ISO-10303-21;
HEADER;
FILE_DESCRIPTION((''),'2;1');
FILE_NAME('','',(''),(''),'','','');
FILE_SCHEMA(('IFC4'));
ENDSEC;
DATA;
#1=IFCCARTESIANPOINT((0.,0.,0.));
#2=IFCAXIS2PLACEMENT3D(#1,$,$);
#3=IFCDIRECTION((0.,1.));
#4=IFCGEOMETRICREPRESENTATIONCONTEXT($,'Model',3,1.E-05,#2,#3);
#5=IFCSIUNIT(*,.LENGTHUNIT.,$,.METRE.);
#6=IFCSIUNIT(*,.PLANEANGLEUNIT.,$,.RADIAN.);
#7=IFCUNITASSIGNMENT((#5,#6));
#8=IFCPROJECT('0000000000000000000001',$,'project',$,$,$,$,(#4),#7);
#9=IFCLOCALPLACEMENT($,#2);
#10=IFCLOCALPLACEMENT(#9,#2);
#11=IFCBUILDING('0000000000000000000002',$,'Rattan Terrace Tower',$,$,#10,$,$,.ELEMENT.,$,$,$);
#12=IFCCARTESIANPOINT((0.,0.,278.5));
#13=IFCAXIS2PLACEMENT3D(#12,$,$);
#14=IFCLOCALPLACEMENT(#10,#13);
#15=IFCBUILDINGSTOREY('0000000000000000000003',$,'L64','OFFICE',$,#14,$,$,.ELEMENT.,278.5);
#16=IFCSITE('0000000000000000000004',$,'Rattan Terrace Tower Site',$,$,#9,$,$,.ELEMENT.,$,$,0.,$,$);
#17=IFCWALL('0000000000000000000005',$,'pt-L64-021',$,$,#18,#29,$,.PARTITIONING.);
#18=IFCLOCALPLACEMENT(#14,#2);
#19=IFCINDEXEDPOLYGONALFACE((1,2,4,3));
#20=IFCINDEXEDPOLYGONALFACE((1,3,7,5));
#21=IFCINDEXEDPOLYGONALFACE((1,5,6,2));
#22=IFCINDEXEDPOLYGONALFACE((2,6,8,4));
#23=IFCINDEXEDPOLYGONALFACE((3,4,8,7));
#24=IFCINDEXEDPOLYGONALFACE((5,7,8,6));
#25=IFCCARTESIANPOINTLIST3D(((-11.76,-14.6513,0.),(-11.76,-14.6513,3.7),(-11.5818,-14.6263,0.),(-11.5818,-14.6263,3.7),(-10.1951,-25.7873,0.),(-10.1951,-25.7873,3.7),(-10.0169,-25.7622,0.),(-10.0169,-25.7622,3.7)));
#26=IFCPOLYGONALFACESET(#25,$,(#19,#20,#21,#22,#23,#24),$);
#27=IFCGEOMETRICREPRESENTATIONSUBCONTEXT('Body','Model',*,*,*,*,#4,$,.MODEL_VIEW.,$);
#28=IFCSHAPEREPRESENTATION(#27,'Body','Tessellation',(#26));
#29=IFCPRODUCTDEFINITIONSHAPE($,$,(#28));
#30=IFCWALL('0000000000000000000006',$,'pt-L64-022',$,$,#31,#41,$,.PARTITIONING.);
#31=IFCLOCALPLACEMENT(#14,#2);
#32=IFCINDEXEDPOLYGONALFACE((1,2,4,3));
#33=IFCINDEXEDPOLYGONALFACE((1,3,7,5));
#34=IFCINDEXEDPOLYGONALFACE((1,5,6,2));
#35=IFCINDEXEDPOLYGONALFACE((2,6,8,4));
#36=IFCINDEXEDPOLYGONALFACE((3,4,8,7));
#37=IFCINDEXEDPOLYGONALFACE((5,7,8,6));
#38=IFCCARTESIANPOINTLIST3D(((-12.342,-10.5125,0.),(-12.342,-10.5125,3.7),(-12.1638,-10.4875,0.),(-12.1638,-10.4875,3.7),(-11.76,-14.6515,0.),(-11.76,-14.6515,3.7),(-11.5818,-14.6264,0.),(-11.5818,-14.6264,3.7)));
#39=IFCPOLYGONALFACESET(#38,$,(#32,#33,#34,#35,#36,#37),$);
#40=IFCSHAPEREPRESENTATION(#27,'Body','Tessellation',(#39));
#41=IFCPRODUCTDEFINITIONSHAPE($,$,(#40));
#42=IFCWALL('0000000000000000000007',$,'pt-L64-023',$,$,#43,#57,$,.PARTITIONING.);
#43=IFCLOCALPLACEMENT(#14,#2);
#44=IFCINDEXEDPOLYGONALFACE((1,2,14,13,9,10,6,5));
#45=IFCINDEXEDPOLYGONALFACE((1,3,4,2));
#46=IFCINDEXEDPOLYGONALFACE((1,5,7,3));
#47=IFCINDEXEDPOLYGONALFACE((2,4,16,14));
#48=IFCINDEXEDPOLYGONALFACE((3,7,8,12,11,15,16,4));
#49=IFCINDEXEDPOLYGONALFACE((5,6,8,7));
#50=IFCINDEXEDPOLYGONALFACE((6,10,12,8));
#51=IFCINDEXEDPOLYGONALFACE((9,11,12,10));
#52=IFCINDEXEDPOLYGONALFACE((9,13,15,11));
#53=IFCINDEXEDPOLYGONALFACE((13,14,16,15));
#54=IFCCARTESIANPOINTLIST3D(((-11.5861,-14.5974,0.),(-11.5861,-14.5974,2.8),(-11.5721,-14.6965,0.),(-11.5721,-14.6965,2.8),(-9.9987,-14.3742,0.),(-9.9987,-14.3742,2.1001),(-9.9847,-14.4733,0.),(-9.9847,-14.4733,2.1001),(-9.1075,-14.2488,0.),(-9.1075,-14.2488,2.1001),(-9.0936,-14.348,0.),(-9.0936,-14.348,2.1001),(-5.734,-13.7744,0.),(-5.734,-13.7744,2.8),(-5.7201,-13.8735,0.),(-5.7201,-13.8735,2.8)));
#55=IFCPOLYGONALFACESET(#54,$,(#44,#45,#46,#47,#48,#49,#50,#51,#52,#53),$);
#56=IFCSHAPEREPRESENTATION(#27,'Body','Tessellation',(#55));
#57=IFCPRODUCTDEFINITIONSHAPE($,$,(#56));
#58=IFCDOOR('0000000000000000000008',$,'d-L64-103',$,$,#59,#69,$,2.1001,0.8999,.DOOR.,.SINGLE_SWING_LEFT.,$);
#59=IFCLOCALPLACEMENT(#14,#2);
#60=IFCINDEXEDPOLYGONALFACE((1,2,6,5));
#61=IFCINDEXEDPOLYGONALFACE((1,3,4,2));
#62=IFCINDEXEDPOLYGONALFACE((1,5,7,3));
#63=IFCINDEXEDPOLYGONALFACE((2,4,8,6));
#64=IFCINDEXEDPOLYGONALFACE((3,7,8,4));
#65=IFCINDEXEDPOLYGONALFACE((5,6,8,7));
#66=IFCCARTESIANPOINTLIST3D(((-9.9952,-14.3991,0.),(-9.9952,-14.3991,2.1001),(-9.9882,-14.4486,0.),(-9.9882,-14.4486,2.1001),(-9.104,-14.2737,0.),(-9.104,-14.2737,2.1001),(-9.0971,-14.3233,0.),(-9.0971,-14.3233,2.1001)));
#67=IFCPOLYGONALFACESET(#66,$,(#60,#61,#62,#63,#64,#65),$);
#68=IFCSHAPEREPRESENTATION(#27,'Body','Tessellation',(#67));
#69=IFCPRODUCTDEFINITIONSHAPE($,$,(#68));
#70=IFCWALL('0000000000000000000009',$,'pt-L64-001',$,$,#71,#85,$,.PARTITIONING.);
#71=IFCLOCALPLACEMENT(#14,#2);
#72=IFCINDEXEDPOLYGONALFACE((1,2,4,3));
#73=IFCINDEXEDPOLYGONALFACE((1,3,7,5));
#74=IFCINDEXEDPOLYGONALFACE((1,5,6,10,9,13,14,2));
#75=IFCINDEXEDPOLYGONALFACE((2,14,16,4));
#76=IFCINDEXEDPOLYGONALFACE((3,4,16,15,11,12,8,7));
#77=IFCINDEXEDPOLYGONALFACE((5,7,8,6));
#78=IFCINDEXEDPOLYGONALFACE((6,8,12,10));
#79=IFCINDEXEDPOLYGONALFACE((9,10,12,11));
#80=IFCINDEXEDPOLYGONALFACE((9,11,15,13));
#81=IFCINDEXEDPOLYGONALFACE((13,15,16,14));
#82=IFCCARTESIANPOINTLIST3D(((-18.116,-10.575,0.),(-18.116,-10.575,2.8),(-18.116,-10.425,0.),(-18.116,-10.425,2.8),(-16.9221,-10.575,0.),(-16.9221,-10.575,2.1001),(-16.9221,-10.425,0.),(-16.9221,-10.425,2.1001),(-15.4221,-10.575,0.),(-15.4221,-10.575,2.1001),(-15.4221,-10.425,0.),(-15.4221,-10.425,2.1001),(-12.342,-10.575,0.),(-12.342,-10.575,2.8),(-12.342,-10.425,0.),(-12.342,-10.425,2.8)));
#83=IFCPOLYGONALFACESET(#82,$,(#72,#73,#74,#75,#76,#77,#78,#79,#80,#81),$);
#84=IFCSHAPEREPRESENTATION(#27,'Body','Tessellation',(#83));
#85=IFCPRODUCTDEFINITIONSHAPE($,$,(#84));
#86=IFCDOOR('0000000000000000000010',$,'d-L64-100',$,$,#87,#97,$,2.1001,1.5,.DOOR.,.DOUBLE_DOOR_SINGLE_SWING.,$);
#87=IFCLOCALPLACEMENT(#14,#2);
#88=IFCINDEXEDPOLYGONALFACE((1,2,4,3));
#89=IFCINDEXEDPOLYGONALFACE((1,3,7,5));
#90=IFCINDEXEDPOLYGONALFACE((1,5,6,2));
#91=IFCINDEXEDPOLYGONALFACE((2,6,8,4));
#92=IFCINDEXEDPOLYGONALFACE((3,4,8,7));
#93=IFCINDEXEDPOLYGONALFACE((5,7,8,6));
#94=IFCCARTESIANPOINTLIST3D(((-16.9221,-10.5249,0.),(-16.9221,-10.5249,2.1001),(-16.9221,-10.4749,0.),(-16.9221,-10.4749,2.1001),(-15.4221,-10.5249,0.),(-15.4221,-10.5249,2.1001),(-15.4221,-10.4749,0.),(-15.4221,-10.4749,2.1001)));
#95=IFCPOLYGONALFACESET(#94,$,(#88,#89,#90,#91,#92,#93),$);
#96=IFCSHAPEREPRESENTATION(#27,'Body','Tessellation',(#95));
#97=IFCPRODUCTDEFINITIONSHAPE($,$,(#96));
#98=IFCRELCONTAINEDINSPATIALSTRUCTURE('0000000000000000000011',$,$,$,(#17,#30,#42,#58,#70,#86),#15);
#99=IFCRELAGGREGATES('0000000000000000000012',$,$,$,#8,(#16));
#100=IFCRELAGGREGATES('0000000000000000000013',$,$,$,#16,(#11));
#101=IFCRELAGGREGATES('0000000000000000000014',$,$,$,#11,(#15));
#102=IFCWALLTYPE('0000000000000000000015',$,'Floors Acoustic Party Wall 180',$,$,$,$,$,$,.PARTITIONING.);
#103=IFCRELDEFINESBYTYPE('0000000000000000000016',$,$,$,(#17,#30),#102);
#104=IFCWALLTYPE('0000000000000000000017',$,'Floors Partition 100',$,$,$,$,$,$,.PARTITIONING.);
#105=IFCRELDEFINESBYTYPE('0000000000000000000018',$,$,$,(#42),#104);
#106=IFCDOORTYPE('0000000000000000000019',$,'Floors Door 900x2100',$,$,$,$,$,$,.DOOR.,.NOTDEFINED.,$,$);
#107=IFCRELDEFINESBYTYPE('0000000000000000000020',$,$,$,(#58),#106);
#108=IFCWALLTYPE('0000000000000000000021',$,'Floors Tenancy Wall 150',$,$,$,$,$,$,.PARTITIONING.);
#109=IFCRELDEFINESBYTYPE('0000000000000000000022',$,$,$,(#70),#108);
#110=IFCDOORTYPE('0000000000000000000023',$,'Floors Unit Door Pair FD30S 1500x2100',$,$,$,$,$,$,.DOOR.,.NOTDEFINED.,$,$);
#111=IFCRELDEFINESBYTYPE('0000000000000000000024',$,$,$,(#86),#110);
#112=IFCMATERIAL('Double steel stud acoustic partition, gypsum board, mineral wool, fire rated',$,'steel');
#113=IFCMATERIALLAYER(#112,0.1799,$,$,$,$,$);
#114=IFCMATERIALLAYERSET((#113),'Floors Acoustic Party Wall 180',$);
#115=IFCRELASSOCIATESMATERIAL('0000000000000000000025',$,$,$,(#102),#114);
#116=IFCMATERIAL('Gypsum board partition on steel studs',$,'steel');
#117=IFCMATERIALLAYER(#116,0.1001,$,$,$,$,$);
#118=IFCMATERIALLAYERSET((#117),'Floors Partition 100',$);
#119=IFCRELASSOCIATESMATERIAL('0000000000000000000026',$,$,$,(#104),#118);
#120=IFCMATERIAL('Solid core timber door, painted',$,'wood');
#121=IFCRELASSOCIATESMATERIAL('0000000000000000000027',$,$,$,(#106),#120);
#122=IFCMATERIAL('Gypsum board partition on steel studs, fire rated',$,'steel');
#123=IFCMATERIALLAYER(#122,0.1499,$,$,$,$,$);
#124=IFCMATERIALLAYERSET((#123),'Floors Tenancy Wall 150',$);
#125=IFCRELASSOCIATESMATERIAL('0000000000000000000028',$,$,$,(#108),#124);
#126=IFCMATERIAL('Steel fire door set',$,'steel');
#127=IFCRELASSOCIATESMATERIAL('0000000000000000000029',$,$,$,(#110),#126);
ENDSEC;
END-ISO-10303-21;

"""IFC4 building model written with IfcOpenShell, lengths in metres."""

from ifc_helpers import new_model, si_unit, direction, frame, frame_2d, origin, place, context, subcontext, project, spatial, rectangle, extrude, material, layer, layer_set, type_object, element, fill, save


model = new_model("IFC4")

# Units and contexts
model_context = context("Model", 3, precision=1e-05, world=origin(), true_north=direction((0.0, 1.0)))
body_context = subcontext(model_context, "Body", "Model", "MODEL_VIEW")
ifc_project = project(units=[si_unit("LENGTHUNIT", "METRE"), si_unit("PLANEANGLEUNIT", "RADIAN")], contexts=[model_context])

# Site, building, storey
site_placement = place(None, origin())
site = spatial("IfcSite", under=ifc_project, at=site_placement, Name="Rattan Terrace Tower Site", CompositionType="ELEMENT", RefElevation=0.0)
building_placement = place(site_placement, origin())
building = spatial("IfcBuilding", under=site, at=building_placement, Name="Rattan Terrace Tower", CompositionType="ELEMENT")
storey_placement = place(building_placement, frame((0.0, 0.0, 278.5)))
storey = spatial("IfcBuildingStorey", under=building, at=storey_placement, Name="L64", Description="OFFICE", CompositionType="ELEMENT", Elevation=278.5)

# Walls
ifc_material_1 = material(Name="Double steel stud acoustic partition, gypsum board, mineral wool, fire rated", Category="steel")
ifc_layer_1 = layer(ifc_material_1, 0.1799)
ifc_layer_set_1 = layer_set([ifc_layer_1], Name="Floors Acoustic Party Wall 180")
wall_type_1 = type_object("IfcWallType", Name="Floors Acoustic Party Wall 180", PredefinedType="PARTITIONING", material=ifc_layer_set_1)
wall_1_placement = place(storey_placement, frame((-11.6709, -14.6389, 0.0), z_axis=(0.0, 0.0, 1.0), x_axis=(0.139163, -0.99027, 0.0)))
element("IfcWall", 1, at=wall_1_placement, inside=storey, type_object=wall_type_1, Name="pt-L64-021", PredefinedType="PARTITIONING", context=body_context, shape_type="SweptSolid", body=[
    extrude(rectangle(XDim=11.2454, YDim=0.1799, at=frame_2d((5.6226, 0.0))), origin(), (0.0, 0.0, 1.0), 3.7),
])
wall_2_placement = place(storey_placement, frame((-12.2529, -10.5, 0.0), z_axis=(0.0, 0.0, 1.0), x_axis=(0.139254, -0.990257, 0.0)))
element("IfcWall", 2, at=wall_2_placement, inside=storey, type_object=wall_type_1, Name="pt-L64-022", PredefinedType="PARTITIONING", context=body_context, shape_type="SweptSolid", body=[
    extrude(rectangle(XDim=4.1797, YDim=0.1799, at=frame_2d((2.0898, 0.0))), origin(), (0.0, 0.0, 1.0), 3.7),
])

# Walls, openings, doors
ifc_material_2 = material(Name="Gypsum board partition on steel studs", Category="steel")
ifc_layer_2 = layer(ifc_material_2, 0.1001)
ifc_layer_set_2 = layer_set([ifc_layer_2], Name="Floors Partition 100")
wall_type_2 = type_object("IfcWallType", Name="Floors Partition 100", PredefinedType="PARTITIONING", material=ifc_layer_set_2)
wall_3_placement = place(storey_placement, frame((-11.5791, -14.647, 0.0), z_axis=(0.0, 0.0, 1.0), x_axis=(0.990255, 0.139264, 0.0)))
wall_3 = element("IfcWall", 3, at=wall_3_placement, inside=storey, type_object=wall_type_2, Name="pt-L64-023", PredefinedType="PARTITIONING", context=body_context, shape_type="SweptSolid", body=[
    extrude(rectangle(XDim=5.9097, YDim=0.1001, at=frame_2d((2.9548, 0.0))), origin(), (0.0, 0.0, 1.0), 2.8),
])
opening_1_placement = place(wall_3_placement, frame((1.603, 0.0, 0.0)))
opening_1 = element("IfcOpeningElement", 4, at=opening_1_placement, cuts=wall_3, PredefinedType="OPENING", context=body_context, shape_type="SweptSolid", body=[
    extrude(rectangle(XDim=0.8999, YDim=2.1001, at=frame_2d((0.45, 1.05))), frame((0.0, 0.0605, 0.0), z_axis=(0.0, -1.0, 0.0), x_axis=(1.0, 0.0, 0.0)), (0.0, 0.0, 1.0), 0.1211),
])
ifc_material_3 = material(Name="Solid core timber door, painted", Category="wood")
door_type_1 = type_object("IfcDoorType", Name="Floors Door 900x2100", OperationType="NOTDEFINED", PredefinedType="DOOR", material=ifc_material_3)
door_1_placement = place(opening_1_placement, origin())
door_1 = element("IfcDoor", 5, at=door_1_placement, inside=storey, type_object=door_type_1, Name="d-L64-103", OperationType="SINGLE_SWING_LEFT", OverallHeight=2.1001, OverallWidth=0.8999, PredefinedType="DOOR", context=body_context, shape_type="SweptSolid", body=[
    extrude(rectangle(XDim=0.8999, YDim=2.1001, at=frame_2d((0.45, 1.05))), frame((0.0, 0.0249, 0.0), z_axis=(0.0, -1.0, 0.0), x_axis=(1.0, 0.0, 0.0)), (0.0, 0.0, 1.0), 0.05),
])
fill(opening_1, door_1)
ifc_material_4 = material(Name="Gypsum board partition on steel studs, fire rated", Category="steel")
ifc_layer_3 = layer(ifc_material_4, 0.1499)
ifc_layer_set_3 = layer_set([ifc_layer_3], Name="Floors Tenancy Wall 150")
wall_type_3 = type_object("IfcWallType", Name="Floors Tenancy Wall 150", PredefinedType="PARTITIONING", material=ifc_layer_set_3)
wall_4_placement = place(storey_placement, frame((-12.342, -10.5, 0.0), z_axis=(0.0, 0.0, 1.0), x_axis=(-1.0, 0.0, 0.0)))
wall_4 = element("IfcWall", 6, at=wall_4_placement, inside=storey, type_object=wall_type_3, Name="pt-L64-001", PredefinedType="PARTITIONING", context=body_context, shape_type="SweptSolid", body=[
    extrude(rectangle(XDim=5.7739, YDim=0.1499, at=frame_2d((2.887, 0.0))), origin(), (0.0, 0.0, 1.0), 2.8),
])
opening_2_placement = place(wall_4_placement, frame((3.0801, 0.0, 0.0)))
opening_2 = element("IfcOpeningElement", 7, at=opening_2_placement, cuts=wall_4, PredefinedType="OPENING", context=body_context, shape_type="SweptSolid", body=[
    extrude(rectangle(XDim=1.5, YDim=2.1001, at=frame_2d((0.75, 1.05))), frame((0.0, 0.0854, 0.0), z_axis=(0.0, -1.0, 0.0), x_axis=(1.0, 0.0, 0.0)), (0.0, 0.0, 1.0), 0.1709),
])
ifc_material_5 = material(Name="Steel fire door set", Category="steel")
door_type_2 = type_object("IfcDoorType", Name="Floors Unit Door Pair FD30S 1500x2100", OperationType="NOTDEFINED", PredefinedType="DOOR", material=ifc_material_5)
door_2_placement = place(opening_2_placement, origin())
door_2 = element("IfcDoor", 8, at=door_2_placement, inside=storey, type_object=door_type_2, Name="d-L64-100", OperationType="DOUBLE_DOOR_SINGLE_SWING", OverallHeight=2.1001, OverallWidth=1.5, PredefinedType="DOOR", context=body_context, shape_type="SweptSolid", body=[
    extrude(rectangle(XDim=1.5, YDim=2.1001, at=frame_2d((0.75, 1.05))), frame((0.0, 0.0249, 0.0), z_axis=(0.0, -1.0, 0.0), x_axis=(1.0, 0.0, 0.0)), (0.0, 0.0, 1.0), 0.05),
])
fill(opening_2, door_2)

save(model, "model.ifc")
